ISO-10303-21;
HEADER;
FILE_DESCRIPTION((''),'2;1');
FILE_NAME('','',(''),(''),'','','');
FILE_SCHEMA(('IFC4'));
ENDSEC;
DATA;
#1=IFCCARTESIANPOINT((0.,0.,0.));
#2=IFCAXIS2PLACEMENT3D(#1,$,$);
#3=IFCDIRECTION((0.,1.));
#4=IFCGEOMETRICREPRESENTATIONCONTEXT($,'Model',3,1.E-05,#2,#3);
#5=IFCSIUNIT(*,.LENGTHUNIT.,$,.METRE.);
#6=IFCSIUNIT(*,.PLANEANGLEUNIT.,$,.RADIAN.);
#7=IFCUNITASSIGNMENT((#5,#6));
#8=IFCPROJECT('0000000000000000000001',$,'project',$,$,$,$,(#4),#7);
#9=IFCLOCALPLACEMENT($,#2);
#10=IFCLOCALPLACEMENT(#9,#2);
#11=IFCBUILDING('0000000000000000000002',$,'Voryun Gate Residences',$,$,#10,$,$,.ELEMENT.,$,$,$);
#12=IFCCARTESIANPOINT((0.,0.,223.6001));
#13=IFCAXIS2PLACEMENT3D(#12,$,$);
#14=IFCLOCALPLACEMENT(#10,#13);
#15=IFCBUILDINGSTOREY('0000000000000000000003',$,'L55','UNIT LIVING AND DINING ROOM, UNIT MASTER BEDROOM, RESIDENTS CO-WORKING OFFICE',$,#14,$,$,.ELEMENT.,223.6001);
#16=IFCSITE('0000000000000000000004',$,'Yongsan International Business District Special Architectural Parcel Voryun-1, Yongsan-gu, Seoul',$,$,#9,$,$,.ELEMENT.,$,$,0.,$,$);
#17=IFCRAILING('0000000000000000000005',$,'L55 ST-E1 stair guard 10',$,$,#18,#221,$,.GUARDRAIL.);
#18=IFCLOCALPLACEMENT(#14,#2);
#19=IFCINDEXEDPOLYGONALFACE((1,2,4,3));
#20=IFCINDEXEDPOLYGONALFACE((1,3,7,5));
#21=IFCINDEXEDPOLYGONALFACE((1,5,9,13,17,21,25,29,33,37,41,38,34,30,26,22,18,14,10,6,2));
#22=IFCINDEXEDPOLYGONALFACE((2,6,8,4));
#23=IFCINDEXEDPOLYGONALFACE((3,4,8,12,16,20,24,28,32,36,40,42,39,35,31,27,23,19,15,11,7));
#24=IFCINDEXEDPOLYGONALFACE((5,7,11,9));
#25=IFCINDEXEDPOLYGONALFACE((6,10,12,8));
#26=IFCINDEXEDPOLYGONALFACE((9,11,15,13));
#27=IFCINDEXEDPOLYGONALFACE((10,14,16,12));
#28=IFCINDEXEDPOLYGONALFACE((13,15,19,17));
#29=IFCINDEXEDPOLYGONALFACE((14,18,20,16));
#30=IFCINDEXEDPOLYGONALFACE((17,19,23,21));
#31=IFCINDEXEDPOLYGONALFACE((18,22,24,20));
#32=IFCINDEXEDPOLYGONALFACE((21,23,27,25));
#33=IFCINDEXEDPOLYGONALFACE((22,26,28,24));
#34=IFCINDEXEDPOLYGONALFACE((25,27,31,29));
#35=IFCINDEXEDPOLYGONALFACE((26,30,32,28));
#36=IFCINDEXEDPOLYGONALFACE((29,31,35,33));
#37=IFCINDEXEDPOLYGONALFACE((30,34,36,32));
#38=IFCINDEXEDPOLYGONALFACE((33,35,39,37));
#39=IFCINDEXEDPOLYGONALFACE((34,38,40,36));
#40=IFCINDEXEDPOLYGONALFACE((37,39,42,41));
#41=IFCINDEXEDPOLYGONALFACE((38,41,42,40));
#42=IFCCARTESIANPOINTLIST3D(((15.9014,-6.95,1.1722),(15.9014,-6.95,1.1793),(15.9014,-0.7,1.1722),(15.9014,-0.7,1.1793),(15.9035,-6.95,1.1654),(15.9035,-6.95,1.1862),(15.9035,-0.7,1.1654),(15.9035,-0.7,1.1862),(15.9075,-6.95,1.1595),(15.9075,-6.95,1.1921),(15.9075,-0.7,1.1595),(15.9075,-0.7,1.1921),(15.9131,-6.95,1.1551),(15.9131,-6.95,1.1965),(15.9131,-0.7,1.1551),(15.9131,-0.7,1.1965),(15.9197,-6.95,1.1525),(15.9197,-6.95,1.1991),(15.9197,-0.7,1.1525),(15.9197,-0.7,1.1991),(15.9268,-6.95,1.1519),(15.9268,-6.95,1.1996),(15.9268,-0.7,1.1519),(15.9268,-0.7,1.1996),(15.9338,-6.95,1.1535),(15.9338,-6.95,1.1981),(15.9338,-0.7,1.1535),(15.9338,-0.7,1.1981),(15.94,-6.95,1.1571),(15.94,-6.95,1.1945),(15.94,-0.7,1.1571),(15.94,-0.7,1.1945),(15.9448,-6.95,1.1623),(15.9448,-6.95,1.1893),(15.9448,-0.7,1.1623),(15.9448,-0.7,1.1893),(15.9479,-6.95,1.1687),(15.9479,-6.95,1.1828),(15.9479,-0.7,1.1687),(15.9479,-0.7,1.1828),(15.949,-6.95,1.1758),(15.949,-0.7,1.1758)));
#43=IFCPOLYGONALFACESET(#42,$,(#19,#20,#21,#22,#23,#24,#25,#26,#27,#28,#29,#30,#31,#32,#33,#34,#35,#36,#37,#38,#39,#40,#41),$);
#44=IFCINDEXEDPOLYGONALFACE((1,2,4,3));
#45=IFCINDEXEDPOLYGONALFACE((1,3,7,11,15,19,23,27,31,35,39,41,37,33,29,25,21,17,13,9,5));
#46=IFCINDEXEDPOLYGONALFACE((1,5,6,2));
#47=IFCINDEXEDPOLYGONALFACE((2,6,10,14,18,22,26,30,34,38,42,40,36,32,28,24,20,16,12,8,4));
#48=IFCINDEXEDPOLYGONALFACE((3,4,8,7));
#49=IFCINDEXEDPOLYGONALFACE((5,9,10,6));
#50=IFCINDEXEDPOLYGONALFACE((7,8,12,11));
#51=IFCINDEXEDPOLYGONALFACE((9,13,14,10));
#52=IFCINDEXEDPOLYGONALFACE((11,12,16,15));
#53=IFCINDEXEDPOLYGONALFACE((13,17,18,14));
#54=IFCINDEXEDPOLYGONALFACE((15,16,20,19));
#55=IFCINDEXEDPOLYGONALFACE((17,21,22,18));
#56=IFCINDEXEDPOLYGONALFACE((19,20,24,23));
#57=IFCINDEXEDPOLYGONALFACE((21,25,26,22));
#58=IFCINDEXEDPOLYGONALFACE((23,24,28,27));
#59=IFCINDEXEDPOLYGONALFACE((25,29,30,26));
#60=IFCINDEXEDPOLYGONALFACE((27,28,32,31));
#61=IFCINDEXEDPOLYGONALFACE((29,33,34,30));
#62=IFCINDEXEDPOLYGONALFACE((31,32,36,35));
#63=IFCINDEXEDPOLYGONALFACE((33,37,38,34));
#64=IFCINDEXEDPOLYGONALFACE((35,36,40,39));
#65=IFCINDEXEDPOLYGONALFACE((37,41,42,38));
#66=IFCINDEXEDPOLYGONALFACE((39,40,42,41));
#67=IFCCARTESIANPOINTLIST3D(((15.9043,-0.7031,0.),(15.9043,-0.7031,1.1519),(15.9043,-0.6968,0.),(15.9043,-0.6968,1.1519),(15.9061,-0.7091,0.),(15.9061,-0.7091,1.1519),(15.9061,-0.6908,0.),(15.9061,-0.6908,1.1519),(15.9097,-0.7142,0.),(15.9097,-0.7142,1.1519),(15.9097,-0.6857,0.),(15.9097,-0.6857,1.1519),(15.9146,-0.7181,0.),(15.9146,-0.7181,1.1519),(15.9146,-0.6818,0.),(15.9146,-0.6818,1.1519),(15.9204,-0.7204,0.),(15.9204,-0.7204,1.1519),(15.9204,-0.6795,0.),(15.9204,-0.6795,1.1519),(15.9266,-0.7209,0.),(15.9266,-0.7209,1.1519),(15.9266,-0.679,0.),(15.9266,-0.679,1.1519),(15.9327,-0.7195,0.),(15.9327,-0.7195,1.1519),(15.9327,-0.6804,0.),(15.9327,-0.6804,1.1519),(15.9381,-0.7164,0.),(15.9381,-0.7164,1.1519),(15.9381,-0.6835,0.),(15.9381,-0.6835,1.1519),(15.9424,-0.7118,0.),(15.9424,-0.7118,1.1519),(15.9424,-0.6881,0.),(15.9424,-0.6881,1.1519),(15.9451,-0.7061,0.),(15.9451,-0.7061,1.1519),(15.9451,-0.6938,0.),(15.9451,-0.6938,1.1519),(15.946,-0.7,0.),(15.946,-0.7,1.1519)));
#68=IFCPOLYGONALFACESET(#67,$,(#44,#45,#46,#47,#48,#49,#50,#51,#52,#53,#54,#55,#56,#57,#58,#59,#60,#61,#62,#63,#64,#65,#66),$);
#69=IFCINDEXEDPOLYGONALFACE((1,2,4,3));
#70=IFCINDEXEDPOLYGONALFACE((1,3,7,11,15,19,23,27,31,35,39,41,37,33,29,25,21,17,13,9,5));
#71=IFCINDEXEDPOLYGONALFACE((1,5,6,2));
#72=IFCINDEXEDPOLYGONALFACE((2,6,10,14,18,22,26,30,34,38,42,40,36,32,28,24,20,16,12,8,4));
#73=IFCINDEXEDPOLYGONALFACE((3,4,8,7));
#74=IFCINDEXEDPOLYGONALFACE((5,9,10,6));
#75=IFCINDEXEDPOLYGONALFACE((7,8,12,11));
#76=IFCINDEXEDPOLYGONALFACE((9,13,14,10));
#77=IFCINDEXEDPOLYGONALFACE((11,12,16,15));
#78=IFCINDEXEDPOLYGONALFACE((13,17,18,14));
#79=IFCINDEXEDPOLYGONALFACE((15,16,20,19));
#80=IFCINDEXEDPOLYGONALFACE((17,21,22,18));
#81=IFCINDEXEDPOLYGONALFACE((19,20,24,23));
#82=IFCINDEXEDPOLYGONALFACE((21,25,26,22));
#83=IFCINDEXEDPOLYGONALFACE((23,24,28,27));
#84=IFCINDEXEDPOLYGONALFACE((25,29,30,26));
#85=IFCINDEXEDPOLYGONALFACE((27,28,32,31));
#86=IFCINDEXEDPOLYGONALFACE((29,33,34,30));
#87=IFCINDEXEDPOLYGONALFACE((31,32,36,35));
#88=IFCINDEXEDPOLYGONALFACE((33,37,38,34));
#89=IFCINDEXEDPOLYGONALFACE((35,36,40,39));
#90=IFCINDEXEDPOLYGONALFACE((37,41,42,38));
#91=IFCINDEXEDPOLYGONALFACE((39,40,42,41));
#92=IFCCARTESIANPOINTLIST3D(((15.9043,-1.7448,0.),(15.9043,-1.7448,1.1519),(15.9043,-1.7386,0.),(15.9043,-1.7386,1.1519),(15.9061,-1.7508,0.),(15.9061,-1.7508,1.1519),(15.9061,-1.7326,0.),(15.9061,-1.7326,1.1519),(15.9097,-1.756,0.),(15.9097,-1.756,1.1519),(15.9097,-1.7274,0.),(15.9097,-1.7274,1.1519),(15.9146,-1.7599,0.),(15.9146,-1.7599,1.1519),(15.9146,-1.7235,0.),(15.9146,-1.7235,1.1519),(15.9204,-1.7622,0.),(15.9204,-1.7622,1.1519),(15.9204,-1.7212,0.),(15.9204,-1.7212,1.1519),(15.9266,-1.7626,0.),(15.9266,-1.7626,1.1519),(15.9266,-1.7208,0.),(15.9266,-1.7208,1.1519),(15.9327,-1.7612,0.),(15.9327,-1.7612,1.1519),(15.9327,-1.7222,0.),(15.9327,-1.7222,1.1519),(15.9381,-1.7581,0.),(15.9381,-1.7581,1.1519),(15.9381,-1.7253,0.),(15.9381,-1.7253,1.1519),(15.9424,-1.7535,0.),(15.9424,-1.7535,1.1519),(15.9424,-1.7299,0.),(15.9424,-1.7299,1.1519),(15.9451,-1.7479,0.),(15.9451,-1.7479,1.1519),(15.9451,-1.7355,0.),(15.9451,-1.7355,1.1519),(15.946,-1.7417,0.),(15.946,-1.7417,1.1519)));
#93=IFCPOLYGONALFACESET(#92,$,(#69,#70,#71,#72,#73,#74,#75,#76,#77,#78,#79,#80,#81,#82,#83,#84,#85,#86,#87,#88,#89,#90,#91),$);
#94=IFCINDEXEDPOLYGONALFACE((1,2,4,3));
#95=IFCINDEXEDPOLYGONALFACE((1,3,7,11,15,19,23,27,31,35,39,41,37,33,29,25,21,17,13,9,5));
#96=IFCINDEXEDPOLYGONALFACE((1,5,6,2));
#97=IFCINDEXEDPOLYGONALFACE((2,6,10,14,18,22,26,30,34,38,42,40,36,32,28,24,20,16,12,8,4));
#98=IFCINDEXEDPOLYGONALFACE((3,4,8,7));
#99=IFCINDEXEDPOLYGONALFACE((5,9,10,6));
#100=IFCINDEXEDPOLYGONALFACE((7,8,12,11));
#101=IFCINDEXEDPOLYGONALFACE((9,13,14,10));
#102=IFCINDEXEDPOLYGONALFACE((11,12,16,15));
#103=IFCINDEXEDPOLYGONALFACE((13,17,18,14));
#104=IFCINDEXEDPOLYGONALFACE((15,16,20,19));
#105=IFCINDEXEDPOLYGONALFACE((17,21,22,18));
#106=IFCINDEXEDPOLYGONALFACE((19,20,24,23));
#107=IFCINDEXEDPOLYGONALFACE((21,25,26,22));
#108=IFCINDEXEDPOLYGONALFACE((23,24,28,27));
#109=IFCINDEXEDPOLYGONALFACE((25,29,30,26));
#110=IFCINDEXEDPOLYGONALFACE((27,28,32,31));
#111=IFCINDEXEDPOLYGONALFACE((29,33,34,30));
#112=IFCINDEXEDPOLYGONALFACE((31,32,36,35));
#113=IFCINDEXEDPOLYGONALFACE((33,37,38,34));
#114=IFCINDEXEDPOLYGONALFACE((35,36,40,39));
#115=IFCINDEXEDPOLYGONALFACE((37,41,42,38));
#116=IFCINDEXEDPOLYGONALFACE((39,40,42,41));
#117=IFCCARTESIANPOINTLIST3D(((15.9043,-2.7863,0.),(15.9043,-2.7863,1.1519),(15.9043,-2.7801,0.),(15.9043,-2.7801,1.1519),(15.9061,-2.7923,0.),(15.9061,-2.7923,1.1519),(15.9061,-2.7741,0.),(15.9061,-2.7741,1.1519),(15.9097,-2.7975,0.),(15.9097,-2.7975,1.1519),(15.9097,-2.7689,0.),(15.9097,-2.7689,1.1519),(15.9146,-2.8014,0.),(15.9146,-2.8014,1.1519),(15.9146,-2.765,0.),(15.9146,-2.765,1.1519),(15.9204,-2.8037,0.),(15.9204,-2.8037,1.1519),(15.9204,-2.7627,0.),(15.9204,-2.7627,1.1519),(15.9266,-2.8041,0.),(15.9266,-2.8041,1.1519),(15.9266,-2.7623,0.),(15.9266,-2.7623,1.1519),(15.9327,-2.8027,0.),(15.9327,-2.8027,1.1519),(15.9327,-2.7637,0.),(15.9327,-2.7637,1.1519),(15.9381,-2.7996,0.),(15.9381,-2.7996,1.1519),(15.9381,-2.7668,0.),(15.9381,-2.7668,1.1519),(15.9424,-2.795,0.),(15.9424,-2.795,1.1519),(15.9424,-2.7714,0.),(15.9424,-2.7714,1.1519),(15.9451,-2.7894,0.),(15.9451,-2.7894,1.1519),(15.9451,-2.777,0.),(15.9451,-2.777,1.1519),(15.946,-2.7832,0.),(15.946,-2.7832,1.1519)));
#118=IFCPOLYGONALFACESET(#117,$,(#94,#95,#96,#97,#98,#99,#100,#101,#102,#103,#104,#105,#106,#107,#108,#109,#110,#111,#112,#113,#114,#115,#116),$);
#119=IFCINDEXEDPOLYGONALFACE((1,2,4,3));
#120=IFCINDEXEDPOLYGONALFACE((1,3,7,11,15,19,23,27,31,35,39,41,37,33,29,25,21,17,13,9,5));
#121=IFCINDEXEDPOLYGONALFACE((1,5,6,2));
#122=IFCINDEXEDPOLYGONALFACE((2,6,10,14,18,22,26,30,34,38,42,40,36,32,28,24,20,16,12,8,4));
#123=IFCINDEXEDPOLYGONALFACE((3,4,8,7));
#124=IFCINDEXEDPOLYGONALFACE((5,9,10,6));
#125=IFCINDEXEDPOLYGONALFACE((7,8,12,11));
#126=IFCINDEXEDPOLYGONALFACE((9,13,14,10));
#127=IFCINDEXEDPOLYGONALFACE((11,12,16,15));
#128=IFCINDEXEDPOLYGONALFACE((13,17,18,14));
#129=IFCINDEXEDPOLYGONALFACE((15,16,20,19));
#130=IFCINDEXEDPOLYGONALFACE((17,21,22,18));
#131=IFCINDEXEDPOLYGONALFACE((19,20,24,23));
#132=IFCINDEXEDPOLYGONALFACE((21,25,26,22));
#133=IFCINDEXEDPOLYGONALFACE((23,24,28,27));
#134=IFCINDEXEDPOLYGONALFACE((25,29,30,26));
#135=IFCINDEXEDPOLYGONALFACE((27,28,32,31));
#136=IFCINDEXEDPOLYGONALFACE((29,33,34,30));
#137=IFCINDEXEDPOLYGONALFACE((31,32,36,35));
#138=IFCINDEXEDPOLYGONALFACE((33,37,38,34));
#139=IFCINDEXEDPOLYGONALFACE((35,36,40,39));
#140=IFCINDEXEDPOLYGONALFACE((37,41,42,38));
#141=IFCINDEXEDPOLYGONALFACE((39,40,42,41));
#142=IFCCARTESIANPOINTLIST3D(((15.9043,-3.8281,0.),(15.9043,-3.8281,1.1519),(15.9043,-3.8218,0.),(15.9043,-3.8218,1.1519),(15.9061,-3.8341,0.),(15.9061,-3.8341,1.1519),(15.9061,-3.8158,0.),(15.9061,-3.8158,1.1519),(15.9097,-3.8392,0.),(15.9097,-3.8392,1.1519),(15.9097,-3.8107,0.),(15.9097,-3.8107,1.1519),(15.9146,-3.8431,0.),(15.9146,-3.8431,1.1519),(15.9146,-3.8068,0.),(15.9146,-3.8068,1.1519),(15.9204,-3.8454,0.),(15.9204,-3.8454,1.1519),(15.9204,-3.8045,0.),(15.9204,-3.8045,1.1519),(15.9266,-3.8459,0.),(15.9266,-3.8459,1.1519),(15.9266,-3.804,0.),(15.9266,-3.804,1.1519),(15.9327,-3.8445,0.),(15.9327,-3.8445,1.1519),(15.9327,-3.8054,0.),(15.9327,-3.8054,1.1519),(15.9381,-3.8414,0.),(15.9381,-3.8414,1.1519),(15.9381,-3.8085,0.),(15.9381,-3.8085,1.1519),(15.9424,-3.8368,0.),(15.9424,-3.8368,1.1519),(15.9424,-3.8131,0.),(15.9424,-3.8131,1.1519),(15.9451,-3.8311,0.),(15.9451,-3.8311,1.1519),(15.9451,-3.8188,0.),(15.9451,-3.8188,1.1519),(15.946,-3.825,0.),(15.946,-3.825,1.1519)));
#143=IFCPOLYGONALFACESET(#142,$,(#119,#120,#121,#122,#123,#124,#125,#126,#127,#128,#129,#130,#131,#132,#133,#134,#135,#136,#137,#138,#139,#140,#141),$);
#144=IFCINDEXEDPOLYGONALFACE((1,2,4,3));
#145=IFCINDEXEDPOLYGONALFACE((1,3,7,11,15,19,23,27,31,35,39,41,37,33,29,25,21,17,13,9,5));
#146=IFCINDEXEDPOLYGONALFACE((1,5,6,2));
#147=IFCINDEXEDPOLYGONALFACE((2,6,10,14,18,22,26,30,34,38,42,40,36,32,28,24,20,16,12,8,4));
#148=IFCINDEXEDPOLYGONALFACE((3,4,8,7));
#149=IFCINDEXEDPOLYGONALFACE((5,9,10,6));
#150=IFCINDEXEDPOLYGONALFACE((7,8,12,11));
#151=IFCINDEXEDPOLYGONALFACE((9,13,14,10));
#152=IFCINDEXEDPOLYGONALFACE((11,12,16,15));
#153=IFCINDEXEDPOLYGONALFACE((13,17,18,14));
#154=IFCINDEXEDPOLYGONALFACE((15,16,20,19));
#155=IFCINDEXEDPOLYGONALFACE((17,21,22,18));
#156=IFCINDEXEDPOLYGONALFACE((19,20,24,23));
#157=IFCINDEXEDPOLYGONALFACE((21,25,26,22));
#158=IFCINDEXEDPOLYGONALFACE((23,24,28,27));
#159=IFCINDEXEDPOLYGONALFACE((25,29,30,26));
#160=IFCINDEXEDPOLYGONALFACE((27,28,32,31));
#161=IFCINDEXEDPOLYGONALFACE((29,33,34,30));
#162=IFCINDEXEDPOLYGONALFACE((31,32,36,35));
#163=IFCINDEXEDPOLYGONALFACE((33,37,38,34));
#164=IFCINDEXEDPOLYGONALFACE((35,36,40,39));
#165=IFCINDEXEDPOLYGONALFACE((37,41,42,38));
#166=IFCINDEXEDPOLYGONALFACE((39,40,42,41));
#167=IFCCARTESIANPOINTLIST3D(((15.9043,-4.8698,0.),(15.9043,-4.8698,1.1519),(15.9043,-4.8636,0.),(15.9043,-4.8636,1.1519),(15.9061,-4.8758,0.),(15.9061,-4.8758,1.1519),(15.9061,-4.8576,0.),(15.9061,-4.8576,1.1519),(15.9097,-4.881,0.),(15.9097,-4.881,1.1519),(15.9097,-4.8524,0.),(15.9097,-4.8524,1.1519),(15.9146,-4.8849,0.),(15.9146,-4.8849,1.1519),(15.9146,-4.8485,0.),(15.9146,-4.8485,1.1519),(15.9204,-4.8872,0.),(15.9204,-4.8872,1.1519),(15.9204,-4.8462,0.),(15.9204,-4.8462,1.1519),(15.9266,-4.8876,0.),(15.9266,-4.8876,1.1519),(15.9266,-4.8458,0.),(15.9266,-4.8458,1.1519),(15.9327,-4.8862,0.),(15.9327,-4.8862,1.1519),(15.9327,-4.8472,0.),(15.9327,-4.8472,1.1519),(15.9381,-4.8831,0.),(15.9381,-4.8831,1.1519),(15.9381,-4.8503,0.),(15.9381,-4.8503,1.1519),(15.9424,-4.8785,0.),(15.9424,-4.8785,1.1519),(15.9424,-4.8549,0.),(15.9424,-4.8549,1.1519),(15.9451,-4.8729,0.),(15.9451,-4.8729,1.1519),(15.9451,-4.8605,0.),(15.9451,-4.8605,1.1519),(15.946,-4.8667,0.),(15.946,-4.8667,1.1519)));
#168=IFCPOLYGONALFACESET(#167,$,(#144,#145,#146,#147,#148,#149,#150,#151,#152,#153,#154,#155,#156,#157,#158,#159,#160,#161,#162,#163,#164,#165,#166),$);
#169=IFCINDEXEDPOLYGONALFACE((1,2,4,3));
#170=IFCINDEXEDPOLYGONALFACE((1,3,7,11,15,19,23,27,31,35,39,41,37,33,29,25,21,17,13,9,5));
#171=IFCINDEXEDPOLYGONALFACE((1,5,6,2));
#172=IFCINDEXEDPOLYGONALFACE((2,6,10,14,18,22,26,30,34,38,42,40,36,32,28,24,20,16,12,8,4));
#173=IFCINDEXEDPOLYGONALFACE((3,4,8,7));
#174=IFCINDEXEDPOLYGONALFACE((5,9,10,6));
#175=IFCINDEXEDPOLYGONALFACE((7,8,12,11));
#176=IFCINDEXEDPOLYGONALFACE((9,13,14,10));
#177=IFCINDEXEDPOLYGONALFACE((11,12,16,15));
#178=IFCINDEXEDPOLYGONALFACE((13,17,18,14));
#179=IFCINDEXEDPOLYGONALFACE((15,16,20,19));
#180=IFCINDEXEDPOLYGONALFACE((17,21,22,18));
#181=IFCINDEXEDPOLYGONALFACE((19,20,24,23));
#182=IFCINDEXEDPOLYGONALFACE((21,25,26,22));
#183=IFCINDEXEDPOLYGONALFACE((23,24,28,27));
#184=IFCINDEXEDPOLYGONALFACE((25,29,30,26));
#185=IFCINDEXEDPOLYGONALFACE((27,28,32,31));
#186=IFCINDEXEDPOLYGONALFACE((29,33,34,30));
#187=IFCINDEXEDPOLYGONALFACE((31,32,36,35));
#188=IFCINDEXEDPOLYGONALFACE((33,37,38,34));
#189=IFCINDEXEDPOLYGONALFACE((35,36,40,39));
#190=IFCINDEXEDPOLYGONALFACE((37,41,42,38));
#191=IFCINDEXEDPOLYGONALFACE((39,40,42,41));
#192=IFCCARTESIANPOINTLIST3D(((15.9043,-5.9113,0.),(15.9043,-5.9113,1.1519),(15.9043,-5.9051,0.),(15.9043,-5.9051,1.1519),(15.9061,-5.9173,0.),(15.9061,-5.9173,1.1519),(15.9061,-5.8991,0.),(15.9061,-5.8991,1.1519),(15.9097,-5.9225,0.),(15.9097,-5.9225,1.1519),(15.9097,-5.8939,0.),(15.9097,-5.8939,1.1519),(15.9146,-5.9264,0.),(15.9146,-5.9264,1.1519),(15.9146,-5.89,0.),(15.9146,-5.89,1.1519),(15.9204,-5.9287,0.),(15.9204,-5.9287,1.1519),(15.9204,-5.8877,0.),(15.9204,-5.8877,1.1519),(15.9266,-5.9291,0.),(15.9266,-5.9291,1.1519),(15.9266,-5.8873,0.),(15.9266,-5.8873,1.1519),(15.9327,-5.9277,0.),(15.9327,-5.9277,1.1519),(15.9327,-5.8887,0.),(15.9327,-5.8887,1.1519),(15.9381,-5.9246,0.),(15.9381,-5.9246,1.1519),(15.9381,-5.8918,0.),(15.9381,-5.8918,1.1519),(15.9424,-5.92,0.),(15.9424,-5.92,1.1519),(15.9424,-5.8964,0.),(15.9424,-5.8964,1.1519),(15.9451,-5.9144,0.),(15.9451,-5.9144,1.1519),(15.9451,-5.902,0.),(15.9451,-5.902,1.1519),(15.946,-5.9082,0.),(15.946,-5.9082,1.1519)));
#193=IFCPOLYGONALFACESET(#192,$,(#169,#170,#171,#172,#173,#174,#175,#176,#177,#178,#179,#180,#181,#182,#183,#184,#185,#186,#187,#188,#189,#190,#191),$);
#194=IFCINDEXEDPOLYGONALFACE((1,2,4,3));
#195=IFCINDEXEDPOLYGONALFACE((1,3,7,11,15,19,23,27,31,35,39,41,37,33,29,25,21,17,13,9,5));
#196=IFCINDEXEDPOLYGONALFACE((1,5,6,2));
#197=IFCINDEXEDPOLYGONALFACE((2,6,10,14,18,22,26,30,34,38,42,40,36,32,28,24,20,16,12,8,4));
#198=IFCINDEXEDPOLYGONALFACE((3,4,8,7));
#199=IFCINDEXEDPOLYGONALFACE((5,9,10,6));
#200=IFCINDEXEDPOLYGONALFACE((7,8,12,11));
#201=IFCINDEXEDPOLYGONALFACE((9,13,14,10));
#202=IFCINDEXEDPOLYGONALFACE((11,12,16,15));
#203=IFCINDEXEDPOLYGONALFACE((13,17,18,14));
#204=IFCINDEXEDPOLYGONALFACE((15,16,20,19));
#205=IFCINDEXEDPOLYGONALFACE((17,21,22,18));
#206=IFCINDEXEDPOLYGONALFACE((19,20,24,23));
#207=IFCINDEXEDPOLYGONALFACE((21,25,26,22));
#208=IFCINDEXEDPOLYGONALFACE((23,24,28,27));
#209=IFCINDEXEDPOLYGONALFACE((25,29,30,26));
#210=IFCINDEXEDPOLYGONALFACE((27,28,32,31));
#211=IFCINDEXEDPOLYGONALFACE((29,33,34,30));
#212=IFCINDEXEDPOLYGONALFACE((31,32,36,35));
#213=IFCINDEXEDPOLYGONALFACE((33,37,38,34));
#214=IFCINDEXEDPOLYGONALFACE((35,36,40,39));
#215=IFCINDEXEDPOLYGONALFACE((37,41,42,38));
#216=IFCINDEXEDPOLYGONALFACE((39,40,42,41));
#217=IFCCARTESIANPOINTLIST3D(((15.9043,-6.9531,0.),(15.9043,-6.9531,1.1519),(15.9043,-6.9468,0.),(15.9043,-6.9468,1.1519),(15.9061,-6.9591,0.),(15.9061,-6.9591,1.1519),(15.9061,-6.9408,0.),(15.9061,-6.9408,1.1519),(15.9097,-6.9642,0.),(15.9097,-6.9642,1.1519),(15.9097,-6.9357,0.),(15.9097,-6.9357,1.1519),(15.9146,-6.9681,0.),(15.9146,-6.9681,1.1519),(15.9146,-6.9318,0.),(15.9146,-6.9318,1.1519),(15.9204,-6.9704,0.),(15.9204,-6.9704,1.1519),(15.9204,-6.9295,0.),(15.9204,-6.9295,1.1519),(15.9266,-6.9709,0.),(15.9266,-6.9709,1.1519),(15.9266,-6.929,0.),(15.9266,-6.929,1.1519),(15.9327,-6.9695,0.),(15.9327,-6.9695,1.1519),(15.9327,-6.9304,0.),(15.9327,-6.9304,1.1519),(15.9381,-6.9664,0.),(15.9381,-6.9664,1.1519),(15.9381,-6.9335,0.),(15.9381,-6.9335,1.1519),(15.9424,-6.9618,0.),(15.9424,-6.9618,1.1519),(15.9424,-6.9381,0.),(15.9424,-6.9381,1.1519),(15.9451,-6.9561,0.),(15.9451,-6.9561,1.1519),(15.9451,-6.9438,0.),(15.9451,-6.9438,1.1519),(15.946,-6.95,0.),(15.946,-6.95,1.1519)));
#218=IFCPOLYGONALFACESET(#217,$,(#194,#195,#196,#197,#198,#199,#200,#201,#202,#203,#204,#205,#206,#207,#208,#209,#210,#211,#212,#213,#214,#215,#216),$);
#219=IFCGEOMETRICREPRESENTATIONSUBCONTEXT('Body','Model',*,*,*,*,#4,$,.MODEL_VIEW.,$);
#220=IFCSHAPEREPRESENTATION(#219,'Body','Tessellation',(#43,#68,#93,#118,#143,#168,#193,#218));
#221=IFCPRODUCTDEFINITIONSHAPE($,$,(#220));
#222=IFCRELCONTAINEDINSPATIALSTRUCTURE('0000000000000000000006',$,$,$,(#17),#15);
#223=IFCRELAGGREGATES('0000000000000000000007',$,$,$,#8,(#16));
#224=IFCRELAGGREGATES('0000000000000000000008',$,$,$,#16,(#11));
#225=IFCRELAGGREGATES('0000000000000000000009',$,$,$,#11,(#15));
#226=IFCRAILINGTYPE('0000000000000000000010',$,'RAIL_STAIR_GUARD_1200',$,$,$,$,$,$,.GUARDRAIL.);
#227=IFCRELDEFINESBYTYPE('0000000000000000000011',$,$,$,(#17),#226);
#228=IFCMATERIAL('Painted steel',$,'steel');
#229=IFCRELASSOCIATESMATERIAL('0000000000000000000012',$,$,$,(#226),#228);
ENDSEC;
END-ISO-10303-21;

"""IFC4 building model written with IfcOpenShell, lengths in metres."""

from ifc_helpers import new_model, si_unit, direction, frame, origin, origin_2d, place, context, subcontext, project, spatial, circle, extrude, material, type_object, element, save


model = new_model("IFC4")

# Units and contexts
model_context = context("Model", 3, precision=1e-05, world=origin(), true_north=direction((0.0, 1.0)))
body_context = subcontext(model_context, "Body", "Model", "MODEL_VIEW")
ifc_project = project(units=[si_unit("LENGTHUNIT", "METRE"), si_unit("PLANEANGLEUNIT", "RADIAN")], contexts=[model_context])

# Site, building, storey
site_placement = place(None, origin())
site = spatial("IfcSite", under=ifc_project, at=site_placement, Name="Yongsan International Business District Special Architectural Parcel Voryun-1, Yongsan-gu, Seoul", CompositionType="ELEMENT", RefElevation=0.0)
building_placement = place(site_placement, origin())
building = spatial("IfcBuilding", under=site, at=building_placement, Name="Voryun Gate Residences", CompositionType="ELEMENT")
storey_placement = place(building_placement, frame((0.0, 0.0, 223.6001)))
storey = spatial("IfcBuildingStorey", under=building, at=storey_placement, Name="L55", Description="UNIT LIVING AND DINING ROOM, UNIT MASTER BEDROOM, RESIDENTS CO-WORKING OFFICE", CompositionType="ELEMENT", Elevation=223.6001)

# Railing
ifc_material_1 = material(Name="Painted steel", Category="steel")
railing_type = type_object("IfcRailingType", Name="RAIL_STAIR_GUARD_1200", PredefinedType="GUARDRAIL", material=ifc_material_1)
railing_1_placement = place(storey_placement, frame((15.925, -0.7, 0.0)))
element("IfcRailing", 1, at=railing_1_placement, inside=storey, type_object=railing_type, Name="L55 ST-E1 stair guard 10", PredefinedType="GUARDRAIL", context=body_context, shape_type="SweptSolid", body=[
    extrude(circle(Radius=0.0239, at=origin_2d()), frame((0.0, 0.0, 1.1758), z_axis=(0.0, -1.0, 0.0), x_axis=(1.0, 0.0, 0.0)), (0.0, 0.0, 1.0), 6.25),
    extrude(circle(Radius=0.021, at=origin_2d()), origin(), (0.0, 0.0, 1.0), 1.1519),
    extrude(circle(Radius=0.021, at=origin_2d()), frame((0.0, -1.0417, 0.0)), (0.0, 0.0, 1.0), 1.1519),
    extrude(circle(Radius=0.021, at=origin_2d()), frame((0.0, -2.0833, 0.0)), (0.0, 0.0, 1.0), 1.1519),
    extrude(circle(Radius=0.021, at=origin_2d()), frame((0.0, -3.125, 0.0)), (0.0, 0.0, 1.0), 1.1519),
    extrude(circle(Radius=0.021, at=origin_2d()), frame((0.0, -4.1667, 0.0)), (0.0, 0.0, 1.0), 1.1519),
    extrude(circle(Radius=0.021, at=origin_2d()), frame((0.0, -5.2083, 0.0)), (0.0, 0.0, 1.0), 1.1519),
    extrude(circle(Radius=0.021, at=origin_2d()), frame((0.0, -6.25, 0.0)), (0.0, 0.0, 1.0), 1.1519),
])

save(model, "model.ifc")
